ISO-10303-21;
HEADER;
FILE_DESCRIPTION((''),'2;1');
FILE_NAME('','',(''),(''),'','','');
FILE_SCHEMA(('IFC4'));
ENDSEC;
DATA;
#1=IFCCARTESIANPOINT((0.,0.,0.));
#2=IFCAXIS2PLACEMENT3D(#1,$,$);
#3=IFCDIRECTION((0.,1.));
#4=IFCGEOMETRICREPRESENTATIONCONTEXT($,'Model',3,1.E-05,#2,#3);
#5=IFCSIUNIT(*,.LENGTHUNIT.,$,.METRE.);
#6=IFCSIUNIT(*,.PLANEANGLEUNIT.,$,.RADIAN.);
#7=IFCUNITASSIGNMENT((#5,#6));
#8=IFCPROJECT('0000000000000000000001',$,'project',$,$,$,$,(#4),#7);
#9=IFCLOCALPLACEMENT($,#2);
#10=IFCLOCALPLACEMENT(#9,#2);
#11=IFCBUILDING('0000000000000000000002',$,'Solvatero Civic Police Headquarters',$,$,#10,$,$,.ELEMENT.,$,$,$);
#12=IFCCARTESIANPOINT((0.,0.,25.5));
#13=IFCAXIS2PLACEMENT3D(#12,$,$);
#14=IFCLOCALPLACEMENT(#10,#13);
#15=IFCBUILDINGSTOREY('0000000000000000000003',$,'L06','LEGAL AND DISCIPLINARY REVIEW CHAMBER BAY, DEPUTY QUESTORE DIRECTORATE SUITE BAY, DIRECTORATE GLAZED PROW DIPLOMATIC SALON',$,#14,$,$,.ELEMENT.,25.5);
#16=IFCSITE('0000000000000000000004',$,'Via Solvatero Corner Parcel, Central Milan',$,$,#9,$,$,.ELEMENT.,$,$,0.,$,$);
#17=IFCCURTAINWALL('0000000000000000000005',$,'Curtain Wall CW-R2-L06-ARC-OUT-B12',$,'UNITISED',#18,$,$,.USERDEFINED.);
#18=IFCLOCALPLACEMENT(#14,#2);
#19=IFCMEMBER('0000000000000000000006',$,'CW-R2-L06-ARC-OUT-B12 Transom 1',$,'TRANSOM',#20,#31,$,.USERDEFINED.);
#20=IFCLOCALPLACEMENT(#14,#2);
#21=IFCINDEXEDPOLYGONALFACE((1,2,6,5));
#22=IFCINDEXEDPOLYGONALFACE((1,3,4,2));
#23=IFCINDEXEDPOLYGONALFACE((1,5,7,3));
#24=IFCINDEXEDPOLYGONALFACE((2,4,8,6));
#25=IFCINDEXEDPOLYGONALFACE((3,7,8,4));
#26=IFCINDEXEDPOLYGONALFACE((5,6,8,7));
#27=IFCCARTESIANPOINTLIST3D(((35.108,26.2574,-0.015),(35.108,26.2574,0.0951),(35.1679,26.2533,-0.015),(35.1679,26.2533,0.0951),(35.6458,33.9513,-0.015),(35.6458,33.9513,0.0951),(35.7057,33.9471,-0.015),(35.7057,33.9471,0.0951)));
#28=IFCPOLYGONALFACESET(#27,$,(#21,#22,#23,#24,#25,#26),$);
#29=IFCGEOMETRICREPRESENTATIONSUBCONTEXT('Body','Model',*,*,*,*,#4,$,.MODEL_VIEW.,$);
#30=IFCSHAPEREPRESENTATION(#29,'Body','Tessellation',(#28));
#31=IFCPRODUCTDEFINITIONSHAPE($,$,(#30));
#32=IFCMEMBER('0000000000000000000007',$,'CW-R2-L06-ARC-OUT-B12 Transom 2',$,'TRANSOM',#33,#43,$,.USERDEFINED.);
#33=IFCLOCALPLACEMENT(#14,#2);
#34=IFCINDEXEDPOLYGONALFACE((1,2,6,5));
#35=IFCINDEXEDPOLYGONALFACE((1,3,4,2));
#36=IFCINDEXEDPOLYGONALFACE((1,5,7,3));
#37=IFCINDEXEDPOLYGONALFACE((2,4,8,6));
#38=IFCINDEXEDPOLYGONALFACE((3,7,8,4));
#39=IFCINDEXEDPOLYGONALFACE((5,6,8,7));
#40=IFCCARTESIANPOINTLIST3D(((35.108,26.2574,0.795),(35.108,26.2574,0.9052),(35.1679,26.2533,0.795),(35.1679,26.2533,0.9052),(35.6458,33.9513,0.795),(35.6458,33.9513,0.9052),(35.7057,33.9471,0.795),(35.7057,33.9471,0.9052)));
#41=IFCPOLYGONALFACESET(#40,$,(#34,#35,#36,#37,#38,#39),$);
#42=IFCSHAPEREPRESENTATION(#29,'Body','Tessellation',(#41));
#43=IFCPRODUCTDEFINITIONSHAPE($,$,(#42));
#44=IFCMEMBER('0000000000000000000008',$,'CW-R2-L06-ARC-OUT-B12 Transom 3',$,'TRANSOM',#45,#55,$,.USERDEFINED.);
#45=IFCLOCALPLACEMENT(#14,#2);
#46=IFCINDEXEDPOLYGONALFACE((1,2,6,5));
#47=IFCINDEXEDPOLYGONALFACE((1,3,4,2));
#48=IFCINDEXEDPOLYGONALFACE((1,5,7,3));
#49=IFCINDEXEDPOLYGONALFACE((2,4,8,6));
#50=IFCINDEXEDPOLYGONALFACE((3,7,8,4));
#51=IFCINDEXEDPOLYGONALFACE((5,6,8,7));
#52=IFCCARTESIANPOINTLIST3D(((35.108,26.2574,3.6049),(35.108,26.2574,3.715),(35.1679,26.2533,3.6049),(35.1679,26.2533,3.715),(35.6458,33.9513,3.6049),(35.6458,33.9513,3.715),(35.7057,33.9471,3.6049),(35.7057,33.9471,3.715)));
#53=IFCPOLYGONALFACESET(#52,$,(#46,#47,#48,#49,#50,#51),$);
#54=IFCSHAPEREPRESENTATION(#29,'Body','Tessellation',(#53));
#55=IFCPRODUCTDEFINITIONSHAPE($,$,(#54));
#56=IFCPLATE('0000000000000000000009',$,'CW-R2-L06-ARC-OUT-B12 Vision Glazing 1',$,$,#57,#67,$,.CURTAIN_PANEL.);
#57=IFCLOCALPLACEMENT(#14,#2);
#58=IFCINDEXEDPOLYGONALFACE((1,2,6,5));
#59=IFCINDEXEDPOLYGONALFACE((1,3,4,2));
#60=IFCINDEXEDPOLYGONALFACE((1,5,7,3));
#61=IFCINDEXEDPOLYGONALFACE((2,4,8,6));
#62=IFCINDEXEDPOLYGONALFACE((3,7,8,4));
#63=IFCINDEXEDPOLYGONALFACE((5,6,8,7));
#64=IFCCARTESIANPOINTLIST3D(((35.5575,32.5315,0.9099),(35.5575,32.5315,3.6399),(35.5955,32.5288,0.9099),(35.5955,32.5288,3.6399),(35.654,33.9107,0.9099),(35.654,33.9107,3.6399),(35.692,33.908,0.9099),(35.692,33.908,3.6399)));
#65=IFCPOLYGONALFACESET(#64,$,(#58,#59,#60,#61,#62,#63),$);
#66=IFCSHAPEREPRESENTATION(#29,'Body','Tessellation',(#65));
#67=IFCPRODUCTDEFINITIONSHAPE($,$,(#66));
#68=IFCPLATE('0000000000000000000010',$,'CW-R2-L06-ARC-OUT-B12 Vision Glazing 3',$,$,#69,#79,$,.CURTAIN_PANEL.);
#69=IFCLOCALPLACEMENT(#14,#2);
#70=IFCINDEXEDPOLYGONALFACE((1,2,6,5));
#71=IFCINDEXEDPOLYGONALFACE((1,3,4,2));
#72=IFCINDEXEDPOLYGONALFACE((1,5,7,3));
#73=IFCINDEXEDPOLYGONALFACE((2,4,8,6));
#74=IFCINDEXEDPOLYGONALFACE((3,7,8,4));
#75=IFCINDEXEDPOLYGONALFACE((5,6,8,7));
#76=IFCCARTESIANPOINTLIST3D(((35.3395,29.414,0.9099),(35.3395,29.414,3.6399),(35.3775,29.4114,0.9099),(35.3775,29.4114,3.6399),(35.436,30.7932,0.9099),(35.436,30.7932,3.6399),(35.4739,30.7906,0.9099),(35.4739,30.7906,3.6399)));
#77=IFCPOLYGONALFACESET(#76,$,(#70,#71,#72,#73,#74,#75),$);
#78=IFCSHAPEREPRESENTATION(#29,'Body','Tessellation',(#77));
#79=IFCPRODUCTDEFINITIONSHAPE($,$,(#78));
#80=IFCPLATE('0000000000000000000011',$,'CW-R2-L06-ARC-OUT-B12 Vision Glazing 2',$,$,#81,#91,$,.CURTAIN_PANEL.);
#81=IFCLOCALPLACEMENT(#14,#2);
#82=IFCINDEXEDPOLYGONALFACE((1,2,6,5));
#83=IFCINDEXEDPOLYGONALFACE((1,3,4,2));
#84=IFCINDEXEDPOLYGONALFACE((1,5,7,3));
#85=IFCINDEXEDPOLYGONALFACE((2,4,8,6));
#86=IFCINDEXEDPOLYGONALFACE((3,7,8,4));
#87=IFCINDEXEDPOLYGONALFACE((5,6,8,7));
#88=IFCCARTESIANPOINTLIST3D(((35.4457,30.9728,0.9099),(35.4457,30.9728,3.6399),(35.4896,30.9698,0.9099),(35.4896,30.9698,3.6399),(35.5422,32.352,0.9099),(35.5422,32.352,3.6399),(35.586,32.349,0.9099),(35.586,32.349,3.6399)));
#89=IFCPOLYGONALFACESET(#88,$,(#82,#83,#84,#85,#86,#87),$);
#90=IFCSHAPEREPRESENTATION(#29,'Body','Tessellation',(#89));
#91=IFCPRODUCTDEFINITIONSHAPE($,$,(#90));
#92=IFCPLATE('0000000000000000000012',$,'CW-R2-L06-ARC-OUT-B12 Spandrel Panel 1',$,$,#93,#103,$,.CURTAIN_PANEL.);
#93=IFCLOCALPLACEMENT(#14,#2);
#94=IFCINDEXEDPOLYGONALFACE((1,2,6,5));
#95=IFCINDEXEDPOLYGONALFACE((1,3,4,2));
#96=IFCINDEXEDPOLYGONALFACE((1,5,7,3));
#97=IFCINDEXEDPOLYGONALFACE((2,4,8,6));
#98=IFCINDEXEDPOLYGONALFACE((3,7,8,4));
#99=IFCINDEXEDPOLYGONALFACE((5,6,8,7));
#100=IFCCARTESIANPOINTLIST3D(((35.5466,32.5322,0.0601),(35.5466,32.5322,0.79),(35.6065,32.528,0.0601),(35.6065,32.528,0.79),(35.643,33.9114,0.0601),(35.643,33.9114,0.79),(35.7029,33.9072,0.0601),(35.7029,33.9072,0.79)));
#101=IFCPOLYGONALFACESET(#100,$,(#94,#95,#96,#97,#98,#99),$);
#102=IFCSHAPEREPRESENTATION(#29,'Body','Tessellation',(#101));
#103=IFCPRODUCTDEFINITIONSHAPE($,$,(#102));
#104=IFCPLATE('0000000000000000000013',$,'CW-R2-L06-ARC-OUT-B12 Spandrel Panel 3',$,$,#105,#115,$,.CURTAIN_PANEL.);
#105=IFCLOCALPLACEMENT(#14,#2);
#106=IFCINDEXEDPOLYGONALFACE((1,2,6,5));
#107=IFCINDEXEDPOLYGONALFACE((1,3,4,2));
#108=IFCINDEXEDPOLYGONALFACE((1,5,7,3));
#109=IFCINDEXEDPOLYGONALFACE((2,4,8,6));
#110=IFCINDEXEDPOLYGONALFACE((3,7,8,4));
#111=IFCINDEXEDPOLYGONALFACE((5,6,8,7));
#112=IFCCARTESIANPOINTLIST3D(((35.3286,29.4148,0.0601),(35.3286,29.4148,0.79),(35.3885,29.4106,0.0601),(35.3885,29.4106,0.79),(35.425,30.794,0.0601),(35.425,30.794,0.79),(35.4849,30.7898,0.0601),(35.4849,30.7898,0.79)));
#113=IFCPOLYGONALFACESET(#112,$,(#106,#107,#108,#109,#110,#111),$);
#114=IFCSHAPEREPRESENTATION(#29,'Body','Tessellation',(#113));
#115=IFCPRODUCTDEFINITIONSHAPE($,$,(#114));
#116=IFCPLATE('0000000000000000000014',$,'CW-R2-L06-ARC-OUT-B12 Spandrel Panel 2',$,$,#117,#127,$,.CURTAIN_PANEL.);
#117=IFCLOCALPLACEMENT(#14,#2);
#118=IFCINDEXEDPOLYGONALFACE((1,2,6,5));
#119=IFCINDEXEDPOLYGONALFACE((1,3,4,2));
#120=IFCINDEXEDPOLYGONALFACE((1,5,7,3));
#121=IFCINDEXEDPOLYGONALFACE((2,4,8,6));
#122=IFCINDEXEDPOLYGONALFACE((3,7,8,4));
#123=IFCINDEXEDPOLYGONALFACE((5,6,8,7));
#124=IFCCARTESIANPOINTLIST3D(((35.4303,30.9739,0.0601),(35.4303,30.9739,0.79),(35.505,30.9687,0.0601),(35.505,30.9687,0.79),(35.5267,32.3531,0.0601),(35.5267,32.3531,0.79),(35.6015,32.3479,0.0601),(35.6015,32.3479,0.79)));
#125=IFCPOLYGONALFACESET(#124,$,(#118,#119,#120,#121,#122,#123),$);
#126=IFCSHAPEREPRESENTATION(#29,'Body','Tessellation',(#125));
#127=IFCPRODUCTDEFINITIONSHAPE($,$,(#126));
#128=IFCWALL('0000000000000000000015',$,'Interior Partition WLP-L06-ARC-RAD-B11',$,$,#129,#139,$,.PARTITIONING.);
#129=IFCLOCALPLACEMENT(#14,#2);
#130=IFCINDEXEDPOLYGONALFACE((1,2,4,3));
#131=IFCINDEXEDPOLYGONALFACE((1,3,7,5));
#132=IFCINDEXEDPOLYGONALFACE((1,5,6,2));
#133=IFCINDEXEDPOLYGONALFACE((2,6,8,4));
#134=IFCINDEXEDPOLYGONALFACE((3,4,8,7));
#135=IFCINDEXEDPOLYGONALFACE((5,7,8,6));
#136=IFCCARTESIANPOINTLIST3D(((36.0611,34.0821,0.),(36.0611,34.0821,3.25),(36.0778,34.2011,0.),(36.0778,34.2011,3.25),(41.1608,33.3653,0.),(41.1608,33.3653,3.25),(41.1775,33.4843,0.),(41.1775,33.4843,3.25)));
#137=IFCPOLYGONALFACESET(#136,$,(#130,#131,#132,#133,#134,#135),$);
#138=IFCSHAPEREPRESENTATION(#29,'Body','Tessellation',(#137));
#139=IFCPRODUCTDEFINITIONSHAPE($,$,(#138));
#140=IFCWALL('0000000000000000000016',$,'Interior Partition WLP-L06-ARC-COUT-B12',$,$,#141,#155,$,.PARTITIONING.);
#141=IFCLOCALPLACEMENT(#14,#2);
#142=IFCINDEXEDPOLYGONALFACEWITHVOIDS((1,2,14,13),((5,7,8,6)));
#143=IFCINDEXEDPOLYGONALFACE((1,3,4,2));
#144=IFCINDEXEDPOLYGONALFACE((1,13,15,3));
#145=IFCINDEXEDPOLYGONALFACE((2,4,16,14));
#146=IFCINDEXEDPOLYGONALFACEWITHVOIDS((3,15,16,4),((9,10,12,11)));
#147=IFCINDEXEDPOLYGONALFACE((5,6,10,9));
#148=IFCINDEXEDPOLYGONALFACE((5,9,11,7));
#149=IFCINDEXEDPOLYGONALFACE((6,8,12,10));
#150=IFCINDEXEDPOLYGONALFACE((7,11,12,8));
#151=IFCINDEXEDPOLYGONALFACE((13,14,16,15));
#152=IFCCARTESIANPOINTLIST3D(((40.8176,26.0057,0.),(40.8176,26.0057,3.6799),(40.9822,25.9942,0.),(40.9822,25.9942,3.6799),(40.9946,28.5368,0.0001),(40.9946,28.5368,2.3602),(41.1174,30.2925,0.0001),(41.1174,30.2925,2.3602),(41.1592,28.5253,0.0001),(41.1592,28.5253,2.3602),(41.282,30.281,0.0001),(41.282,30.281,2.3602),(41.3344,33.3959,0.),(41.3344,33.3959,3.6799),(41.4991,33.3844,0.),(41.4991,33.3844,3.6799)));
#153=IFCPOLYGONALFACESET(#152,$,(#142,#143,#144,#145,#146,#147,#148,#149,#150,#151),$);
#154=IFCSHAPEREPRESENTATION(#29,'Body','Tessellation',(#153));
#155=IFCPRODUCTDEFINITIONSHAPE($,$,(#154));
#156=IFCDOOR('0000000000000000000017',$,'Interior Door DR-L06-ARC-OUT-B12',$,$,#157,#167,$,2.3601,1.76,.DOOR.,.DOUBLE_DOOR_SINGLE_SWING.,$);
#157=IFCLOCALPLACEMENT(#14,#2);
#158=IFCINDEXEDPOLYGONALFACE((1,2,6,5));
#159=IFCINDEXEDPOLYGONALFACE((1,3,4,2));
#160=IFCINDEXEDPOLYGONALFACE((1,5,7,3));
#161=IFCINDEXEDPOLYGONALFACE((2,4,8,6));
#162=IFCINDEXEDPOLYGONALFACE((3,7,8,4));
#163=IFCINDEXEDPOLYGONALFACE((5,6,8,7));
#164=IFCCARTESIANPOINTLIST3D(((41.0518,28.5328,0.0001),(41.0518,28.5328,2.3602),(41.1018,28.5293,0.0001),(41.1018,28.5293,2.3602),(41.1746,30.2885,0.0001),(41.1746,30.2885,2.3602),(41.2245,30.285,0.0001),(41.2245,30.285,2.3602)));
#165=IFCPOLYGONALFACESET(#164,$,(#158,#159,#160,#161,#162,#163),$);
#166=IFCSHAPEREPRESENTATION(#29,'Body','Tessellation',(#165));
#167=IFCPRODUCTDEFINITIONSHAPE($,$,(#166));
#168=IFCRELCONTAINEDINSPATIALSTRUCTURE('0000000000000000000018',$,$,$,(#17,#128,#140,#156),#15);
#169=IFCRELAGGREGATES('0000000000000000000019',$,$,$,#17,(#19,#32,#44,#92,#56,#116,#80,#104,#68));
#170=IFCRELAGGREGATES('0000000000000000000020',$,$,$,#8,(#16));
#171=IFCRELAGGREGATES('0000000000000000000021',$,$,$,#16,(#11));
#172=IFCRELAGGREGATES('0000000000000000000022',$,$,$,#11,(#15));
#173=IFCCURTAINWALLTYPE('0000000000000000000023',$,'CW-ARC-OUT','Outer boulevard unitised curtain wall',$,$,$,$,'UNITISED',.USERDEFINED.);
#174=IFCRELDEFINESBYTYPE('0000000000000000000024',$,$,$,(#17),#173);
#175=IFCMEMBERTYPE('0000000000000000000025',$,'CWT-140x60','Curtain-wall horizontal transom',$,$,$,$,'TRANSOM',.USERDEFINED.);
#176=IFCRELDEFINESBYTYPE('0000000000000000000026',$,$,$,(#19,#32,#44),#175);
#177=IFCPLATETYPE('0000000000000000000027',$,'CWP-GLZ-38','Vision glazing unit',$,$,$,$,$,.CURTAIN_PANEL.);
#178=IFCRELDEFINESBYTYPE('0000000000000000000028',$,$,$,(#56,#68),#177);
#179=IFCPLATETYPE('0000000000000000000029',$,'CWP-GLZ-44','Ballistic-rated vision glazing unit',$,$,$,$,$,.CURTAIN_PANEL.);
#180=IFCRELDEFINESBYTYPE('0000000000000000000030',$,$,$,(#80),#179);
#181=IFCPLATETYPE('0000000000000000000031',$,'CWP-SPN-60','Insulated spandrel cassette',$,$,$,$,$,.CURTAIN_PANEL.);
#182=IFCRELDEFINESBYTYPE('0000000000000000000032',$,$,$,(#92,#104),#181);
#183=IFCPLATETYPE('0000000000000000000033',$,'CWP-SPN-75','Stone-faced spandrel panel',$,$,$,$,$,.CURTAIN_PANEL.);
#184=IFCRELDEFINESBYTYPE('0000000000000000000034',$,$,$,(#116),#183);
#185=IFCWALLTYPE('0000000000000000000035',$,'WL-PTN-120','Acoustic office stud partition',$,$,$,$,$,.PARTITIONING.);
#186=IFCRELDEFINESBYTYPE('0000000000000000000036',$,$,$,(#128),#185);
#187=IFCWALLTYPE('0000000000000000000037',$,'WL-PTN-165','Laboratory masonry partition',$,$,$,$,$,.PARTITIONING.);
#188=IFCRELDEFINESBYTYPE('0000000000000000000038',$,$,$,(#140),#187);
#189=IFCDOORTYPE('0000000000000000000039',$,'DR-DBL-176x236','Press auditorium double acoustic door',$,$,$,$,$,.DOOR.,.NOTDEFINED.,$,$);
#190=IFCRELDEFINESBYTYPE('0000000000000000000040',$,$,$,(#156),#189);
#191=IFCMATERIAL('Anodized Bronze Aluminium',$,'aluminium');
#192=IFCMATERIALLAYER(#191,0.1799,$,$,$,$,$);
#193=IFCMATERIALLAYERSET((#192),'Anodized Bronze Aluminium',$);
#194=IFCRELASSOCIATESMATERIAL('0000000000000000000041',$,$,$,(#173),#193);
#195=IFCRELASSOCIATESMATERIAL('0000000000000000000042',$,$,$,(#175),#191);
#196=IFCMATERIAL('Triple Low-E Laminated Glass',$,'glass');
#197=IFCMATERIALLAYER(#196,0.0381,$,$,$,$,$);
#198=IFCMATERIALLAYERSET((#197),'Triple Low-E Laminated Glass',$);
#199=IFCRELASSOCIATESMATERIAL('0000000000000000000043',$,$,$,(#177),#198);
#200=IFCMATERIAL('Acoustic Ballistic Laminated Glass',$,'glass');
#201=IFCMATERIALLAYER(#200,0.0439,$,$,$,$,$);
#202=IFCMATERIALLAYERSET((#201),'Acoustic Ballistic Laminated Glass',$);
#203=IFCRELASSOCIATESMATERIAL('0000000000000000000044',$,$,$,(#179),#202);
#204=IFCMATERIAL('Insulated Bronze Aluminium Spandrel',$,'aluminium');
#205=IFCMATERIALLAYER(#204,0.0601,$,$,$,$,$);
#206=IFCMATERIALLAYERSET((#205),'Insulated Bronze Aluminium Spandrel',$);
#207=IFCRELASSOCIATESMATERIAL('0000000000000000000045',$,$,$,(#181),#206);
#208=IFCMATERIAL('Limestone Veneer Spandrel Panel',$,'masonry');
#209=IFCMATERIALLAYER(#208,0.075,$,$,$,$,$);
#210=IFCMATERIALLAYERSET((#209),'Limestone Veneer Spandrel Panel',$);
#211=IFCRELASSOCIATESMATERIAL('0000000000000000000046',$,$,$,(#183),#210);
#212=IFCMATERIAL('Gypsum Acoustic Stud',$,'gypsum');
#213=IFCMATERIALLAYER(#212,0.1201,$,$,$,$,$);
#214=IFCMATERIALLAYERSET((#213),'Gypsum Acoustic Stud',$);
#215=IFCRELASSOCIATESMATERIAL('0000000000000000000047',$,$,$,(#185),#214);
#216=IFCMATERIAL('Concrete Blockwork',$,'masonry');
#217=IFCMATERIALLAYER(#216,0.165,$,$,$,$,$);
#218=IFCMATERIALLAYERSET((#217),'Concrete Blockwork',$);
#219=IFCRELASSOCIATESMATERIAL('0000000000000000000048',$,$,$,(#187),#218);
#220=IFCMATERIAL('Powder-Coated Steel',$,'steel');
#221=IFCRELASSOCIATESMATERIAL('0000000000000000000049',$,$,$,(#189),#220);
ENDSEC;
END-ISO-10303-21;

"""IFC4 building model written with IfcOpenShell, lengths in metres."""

from ifc_helpers import new_model, si_unit, direction, frame, frame_2d, origin, origin_2d, place, context, subcontext, project, spatial, rectangle, extrude, material, layer, layer_set, material_profile, profile_set, type_object, element, fill, aggregate, save


model = new_model("IFC4")

# Units and contexts
model_context = context("Model", 3, precision=1e-05, world=origin(), true_north=direction((0.0, 1.0)))
body_context = subcontext(model_context, "Body", "Model", "MODEL_VIEW")
ifc_project = project(units=[si_unit("LENGTHUNIT", "METRE"), si_unit("PLANEANGLEUNIT", "RADIAN")], contexts=[model_context])

# Site, building, storey
site_placement = place(None, origin())
site = spatial("IfcSite", under=ifc_project, at=site_placement, Name="Via Solvatero Corner Parcel, Central Milan", CompositionType="ELEMENT", RefElevation=0.0)
building_placement = place(site_placement, origin())
building = spatial("IfcBuilding", under=site, at=building_placement, Name="Solvatero Civic Police Headquarters", CompositionType="ELEMENT")
storey_placement = place(building_placement, frame((0.0, 0.0, 25.5)))
storey = spatial("IfcBuildingStorey", under=building, at=storey_placement, Name="L06", Description="LEGAL AND DISCIPLINARY REVIEW CHAMBER BAY, DEPUTY QUESTORE DIRECTORATE SUITE BAY, DIRECTORATE GLAZED PROW DIPLOMATIC SALON", CompositionType="ELEMENT", Elevation=25.5)

# Curtain wall, members, plates
ifc_material_1 = material(Name="Anodized Bronze Aluminium", Category="aluminium")
ifc_layer_1 = layer(ifc_material_1, 0.1799)
ifc_layer_set_1 = layer_set([ifc_layer_1], Name="Anodized Bronze Aluminium")
curtain_wall_type = type_object("IfcCurtainWallType", Name="CW-ARC-OUT", Description="Outer boulevard unitised curtain wall", ElementType="UNITISED", PredefinedType="USERDEFINED", material=ifc_layer_set_1)
curtain_wall_placement = place(storey_placement, origin())
curtain_wall = element("IfcCurtainWall", 1, at=curtain_wall_placement, inside=storey, type_object=curtain_wall_type, Name="Curtain Wall CW-R2-L06-ARC-OUT-B12", ObjectType="UNITISED", PredefinedType="USERDEFINED")
ifc_material_profile_1 = material_profile(ifc_material_1, rectangle(XDim=0.0601, YDim=0.1101, at=origin_2d()), Name="ALU TRANSOM 60x110")
ifc_profile_set_1 = profile_set([ifc_material_profile_1], Name="Anodized Bronze Aluminium")
member_type_1 = type_object("IfcMemberType", Name="CWT-140x60", Description="Curtain-wall horizontal transom", ElementType="TRANSOM", PredefinedType="USERDEFINED", material=ifc_profile_set_1)
member_1_placement = place(storey_placement, frame((35.6758, 33.9492, 0.04), z_axis=(-0.069735, -0.997566, 0.0), x_axis=(0.997566, -0.069735, 0.0)))
member_1 = element("IfcMember", 2, at=member_1_placement, type_object=member_type_1, Name="CW-R2-L06-ARC-OUT-B12 Transom 1", ObjectType="TRANSOM", PredefinedType="USERDEFINED", context=body_context, shape_type="SweptSolid", body=[
    extrude(rectangle(XDim=0.0601, YDim=0.1101, at=origin_2d()), origin(), (0.0, 0.0, 1.0), 7.7126),
])
member_2_placement = place(storey_placement, frame((35.6758, 33.9492, 0.8501), z_axis=(-0.069735, -0.997566, 0.0), x_axis=(0.997566, -0.069735, 0.0)))
member_2 = element("IfcMember", 3, at=member_2_placement, type_object=member_type_1, Name="CW-R2-L06-ARC-OUT-B12 Transom 2", ObjectType="TRANSOM", PredefinedType="USERDEFINED", context=body_context, shape_type="SweptSolid", body=[
    extrude(rectangle(XDim=0.0601, YDim=0.1101, at=origin_2d()), origin(), (0.0, 0.0, 1.0), 7.7126),
])
member_3_placement = place(storey_placement, frame((35.6758, 33.9492, 3.6599), z_axis=(-0.069735, -0.997566, 0.0), x_axis=(0.997566, -0.069735, 0.0)))
member_3 = element("IfcMember", 4, at=member_3_placement, type_object=member_type_1, Name="CW-R2-L06-ARC-OUT-B12 Transom 3", ObjectType="TRANSOM", PredefinedType="USERDEFINED", context=body_context, shape_type="SweptSolid", body=[
    extrude(rectangle(XDim=0.0601, YDim=0.1101, at=origin_2d()), origin(), (0.0, 0.0, 1.0), 7.7126),
])
ifc_material_2 = material(Name="Triple Low-E Laminated Glass", Category="glass")
ifc_layer_2 = layer(ifc_material_2, 0.0381)
ifc_layer_set_2 = layer_set([ifc_layer_2], Name="Triple Low-E Laminated Glass")
plate_type_1 = type_object("IfcPlateType", Name="CWP-GLZ-38", Description="Vision glazing unit", PredefinedType="CURTAIN_PANEL", material=ifc_layer_set_2)
plate_1_placement = place(storey_placement, frame((35.6248, 33.2197, 0.9099), z_axis=(0.0, 0.0, 1.0), x_axis=(-0.069739, -0.997565, 0.0)))
plate_1 = element("IfcPlate", 5, at=plate_1_placement, type_object=plate_type_1, Name="CW-R2-L06-ARC-OUT-B12 Vision Glazing 1", PredefinedType="CURTAIN_PANEL", context=body_context, shape_type="SweptSolid", body=[
    extrude(rectangle(XDim=1.3826, YDim=0.0381, at=origin_2d()), origin(), (0.0, 0.0, 1.0), 2.73),
])
plate_2_placement = place(storey_placement, frame((35.4067, 30.1023, 0.9099), z_axis=(0.0, 0.0, 1.0), x_axis=(-0.069739, -0.997565, 0.0)))
plate_2 = element("IfcPlate", 6, at=plate_2_placement, type_object=plate_type_1, Name="CW-R2-L06-ARC-OUT-B12 Vision Glazing 3", PredefinedType="CURTAIN_PANEL", context=body_context, shape_type="SweptSolid", body=[
    extrude(rectangle(XDim=1.3826, YDim=0.0381, at=origin_2d()), origin(), (0.0, 0.0, 1.0), 2.73),
])
ifc_material_3 = material(Name="Acoustic Ballistic Laminated Glass", Category="glass")
ifc_layer_3 = layer(ifc_material_3, 0.0439)
ifc_layer_set_3 = layer_set([ifc_layer_3], Name="Acoustic Ballistic Laminated Glass")
plate_type_2 = type_object("IfcPlateType", Name="CWP-GLZ-44", Description="Ballistic-rated vision glazing unit", PredefinedType="CURTAIN_PANEL", material=ifc_layer_set_3)
plate_3_placement = place(storey_placement, frame((35.5159, 31.6609, 0.9099), z_axis=(0.0, 0.0, 1.0), x_axis=(-0.069739, -0.997565, 0.0)))
plate_3 = element("IfcPlate", 7, at=plate_3_placement, type_object=plate_type_2, Name="CW-R2-L06-ARC-OUT-B12 Vision Glazing 2", PredefinedType="CURTAIN_PANEL", context=body_context, shape_type="SweptSolid", body=[
    extrude(rectangle(XDim=1.3826, YDim=0.0439, at=origin_2d()), origin(), (0.0, 0.0, 1.0), 2.73),
])
ifc_material_4 = material(Name="Insulated Bronze Aluminium Spandrel", Category="aluminium")
ifc_layer_4 = layer(ifc_material_4, 0.0601)
ifc_layer_set_4 = layer_set([ifc_layer_4], Name="Insulated Bronze Aluminium Spandrel")
plate_type_3 = type_object("IfcPlateType", Name="CWP-SPN-60", Description="Insulated spandrel cassette", PredefinedType="CURTAIN_PANEL", material=ifc_layer_set_4)
plate_4_placement = place(storey_placement, frame((35.6248, 33.2197, 0.0601), z_axis=(0.0, 0.0, 1.0), x_axis=(-0.069739, -0.997565, 0.0)))
plate_4 = element("IfcPlate", 8, at=plate_4_placement, type_object=plate_type_3, Name="CW-R2-L06-ARC-OUT-B12 Spandrel Panel 1", PredefinedType="CURTAIN_PANEL", context=body_context, shape_type="SweptSolid", body=[
    extrude(rectangle(XDim=1.3826, YDim=0.0601, at=origin_2d()), origin(), (0.0, 0.0, 1.0), 0.73),
])
plate_5_placement = place(storey_placement, frame((35.4067, 30.1023, 0.0601), z_axis=(0.0, 0.0, 1.0), x_axis=(-0.069739, -0.997565, 0.0)))
plate_5 = element("IfcPlate", 9, at=plate_5_placement, type_object=plate_type_3, Name="CW-R2-L06-ARC-OUT-B12 Spandrel Panel 3", PredefinedType="CURTAIN_PANEL", context=body_context, shape_type="SweptSolid", body=[
    extrude(rectangle(XDim=1.3826, YDim=0.0601, at=origin_2d()), origin(), (0.0, 0.0, 1.0), 0.73),
])
ifc_material_5 = material(Name="Limestone Veneer Spandrel Panel", Category="masonry")
ifc_layer_5 = layer(ifc_material_5, 0.075)
ifc_layer_set_5 = layer_set([ifc_layer_5], Name="Limestone Veneer Spandrel Panel")
plate_type_4 = type_object("IfcPlateType", Name="CWP-SPN-75", Description="Stone-faced spandrel panel", PredefinedType="CURTAIN_PANEL", material=ifc_layer_set_5)
plate_6_placement = place(storey_placement, frame((35.5159, 31.6609, 0.0601), z_axis=(0.0, 0.0, 1.0), x_axis=(-0.069739, -0.997565, 0.0)))
plate_6 = element("IfcPlate", 10, at=plate_6_placement, type_object=plate_type_4, Name="CW-R2-L06-ARC-OUT-B12 Spandrel Panel 2", PredefinedType="CURTAIN_PANEL", context=body_context, shape_type="SweptSolid", body=[
    extrude(rectangle(XDim=1.3826, YDim=0.075, at=origin_2d()), origin(), (0.0, 0.0, 1.0), 0.73),
])
aggregate(curtain_wall, [member_1, member_2, member_3, plate_4, plate_1, plate_6, plate_3, plate_5, plate_2])

# Wall
ifc_material_6 = material(Name="Gypsum Acoustic Stud", Category="gypsum")
ifc_layer_6 = layer(ifc_material_6, 0.1201)
ifc_layer_set_6 = layer_set([ifc_layer_6], Name="Gypsum Acoustic Stud")
wall_type_1 = type_object("IfcWallType", Name="WL-PTN-120", Description="Acoustic office stud partition", PredefinedType="PARTITIONING", material=ifc_layer_set_6)
wall_1_placement = place(storey_placement, frame((41.1692, 33.4248, 0.0), z_axis=(0.0, 0.0, 1.0), x_axis=(-0.990266, 0.139184, 0.0)))
element("IfcWall", 11, at=wall_1_placement, inside=storey, type_object=wall_type_1, Name="Interior Partition WLP-L06-ARC-RAD-B11", PredefinedType="PARTITIONING", context=body_context, shape_type="SweptSolid", body=[
    extrude(rectangle(XDim=5.1499, YDim=0.1201, at=frame_2d((2.575, 0.0))), origin(), (0.0, 0.0, 1.0), 3.25),
])

# Wall, opening, door
ifc_material_7 = material(Name="Concrete Blockwork", Category="masonry")
ifc_layer_7 = layer(ifc_material_7, 0.165)
ifc_layer_set_7 = layer_set([ifc_layer_7], Name="Concrete Blockwork")
wall_type_2 = type_object("IfcWallType", Name="WL-PTN-165", Description="Laboratory masonry partition", PredefinedType="PARTITIONING", material=ifc_layer_set_7)
wall_2_placement = place(storey_placement, frame((41.4167, 33.3901, 0.0), z_axis=(0.0, 0.0, 1.0), x_axis=(-0.069767, -0.997563, 0.0)))
wall_2 = element("IfcWall", 12, at=wall_2_placement, inside=storey, type_object=wall_type_2, Name="Interior Partition WLP-L06-ARC-COUT-B12", PredefinedType="PARTITIONING", context=body_context, shape_type="SweptSolid", body=[
    extrude(rectangle(XDim=7.4082, YDim=0.165, at=frame_2d((3.7041, 0.0))), origin(), (0.0, 0.0, 1.0), 3.6799),
])
opening_placement = place(wall_2_placement, frame((3.1111, 0.0, 0.0)))
opening = element("IfcOpeningElement", 13, at=opening_placement, cuts=wall_2, PredefinedType="OPENING", context=body_context, shape_type="SweptSolid", body=[
    extrude(rectangle(XDim=1.76, YDim=2.3601, at=frame_2d((0.8799, 1.1802))), frame((0.0, 0.0925, 0.0), z_axis=(0.0, -1.0, 0.0), x_axis=(1.0, 0.0, 0.0)), (0.0, 0.0, 1.0), 0.1851),
])
ifc_material_8 = material(Name="Powder-Coated Steel", Category="steel")
door_type = type_object("IfcDoorType", Name="DR-DBL-176x236", Description="Press auditorium double acoustic door", OperationType="NOTDEFINED", PredefinedType="DOOR", material=ifc_material_8)
door_placement = place(opening_placement, origin())
door = element("IfcDoor", 14, at=door_placement, inside=storey, type_object=door_type, Name="Interior Door DR-L06-ARC-OUT-B12", OperationType="DOUBLE_DOOR_SINGLE_SWING", OverallHeight=2.3601, OverallWidth=1.76, PredefinedType="DOOR", context=body_context, shape_type="SweptSolid", body=[
    extrude(rectangle(XDim=1.76, YDim=2.3601, at=frame_2d((0.8799, 1.1802))), frame((0.0, 0.0249, 0.0), z_axis=(0.0, -1.0, 0.0), x_axis=(1.0, 0.0, 0.0)), (0.0, 0.0, 1.0), 0.05),
])
fill(opening, door)

save(model, "model.ifc")
